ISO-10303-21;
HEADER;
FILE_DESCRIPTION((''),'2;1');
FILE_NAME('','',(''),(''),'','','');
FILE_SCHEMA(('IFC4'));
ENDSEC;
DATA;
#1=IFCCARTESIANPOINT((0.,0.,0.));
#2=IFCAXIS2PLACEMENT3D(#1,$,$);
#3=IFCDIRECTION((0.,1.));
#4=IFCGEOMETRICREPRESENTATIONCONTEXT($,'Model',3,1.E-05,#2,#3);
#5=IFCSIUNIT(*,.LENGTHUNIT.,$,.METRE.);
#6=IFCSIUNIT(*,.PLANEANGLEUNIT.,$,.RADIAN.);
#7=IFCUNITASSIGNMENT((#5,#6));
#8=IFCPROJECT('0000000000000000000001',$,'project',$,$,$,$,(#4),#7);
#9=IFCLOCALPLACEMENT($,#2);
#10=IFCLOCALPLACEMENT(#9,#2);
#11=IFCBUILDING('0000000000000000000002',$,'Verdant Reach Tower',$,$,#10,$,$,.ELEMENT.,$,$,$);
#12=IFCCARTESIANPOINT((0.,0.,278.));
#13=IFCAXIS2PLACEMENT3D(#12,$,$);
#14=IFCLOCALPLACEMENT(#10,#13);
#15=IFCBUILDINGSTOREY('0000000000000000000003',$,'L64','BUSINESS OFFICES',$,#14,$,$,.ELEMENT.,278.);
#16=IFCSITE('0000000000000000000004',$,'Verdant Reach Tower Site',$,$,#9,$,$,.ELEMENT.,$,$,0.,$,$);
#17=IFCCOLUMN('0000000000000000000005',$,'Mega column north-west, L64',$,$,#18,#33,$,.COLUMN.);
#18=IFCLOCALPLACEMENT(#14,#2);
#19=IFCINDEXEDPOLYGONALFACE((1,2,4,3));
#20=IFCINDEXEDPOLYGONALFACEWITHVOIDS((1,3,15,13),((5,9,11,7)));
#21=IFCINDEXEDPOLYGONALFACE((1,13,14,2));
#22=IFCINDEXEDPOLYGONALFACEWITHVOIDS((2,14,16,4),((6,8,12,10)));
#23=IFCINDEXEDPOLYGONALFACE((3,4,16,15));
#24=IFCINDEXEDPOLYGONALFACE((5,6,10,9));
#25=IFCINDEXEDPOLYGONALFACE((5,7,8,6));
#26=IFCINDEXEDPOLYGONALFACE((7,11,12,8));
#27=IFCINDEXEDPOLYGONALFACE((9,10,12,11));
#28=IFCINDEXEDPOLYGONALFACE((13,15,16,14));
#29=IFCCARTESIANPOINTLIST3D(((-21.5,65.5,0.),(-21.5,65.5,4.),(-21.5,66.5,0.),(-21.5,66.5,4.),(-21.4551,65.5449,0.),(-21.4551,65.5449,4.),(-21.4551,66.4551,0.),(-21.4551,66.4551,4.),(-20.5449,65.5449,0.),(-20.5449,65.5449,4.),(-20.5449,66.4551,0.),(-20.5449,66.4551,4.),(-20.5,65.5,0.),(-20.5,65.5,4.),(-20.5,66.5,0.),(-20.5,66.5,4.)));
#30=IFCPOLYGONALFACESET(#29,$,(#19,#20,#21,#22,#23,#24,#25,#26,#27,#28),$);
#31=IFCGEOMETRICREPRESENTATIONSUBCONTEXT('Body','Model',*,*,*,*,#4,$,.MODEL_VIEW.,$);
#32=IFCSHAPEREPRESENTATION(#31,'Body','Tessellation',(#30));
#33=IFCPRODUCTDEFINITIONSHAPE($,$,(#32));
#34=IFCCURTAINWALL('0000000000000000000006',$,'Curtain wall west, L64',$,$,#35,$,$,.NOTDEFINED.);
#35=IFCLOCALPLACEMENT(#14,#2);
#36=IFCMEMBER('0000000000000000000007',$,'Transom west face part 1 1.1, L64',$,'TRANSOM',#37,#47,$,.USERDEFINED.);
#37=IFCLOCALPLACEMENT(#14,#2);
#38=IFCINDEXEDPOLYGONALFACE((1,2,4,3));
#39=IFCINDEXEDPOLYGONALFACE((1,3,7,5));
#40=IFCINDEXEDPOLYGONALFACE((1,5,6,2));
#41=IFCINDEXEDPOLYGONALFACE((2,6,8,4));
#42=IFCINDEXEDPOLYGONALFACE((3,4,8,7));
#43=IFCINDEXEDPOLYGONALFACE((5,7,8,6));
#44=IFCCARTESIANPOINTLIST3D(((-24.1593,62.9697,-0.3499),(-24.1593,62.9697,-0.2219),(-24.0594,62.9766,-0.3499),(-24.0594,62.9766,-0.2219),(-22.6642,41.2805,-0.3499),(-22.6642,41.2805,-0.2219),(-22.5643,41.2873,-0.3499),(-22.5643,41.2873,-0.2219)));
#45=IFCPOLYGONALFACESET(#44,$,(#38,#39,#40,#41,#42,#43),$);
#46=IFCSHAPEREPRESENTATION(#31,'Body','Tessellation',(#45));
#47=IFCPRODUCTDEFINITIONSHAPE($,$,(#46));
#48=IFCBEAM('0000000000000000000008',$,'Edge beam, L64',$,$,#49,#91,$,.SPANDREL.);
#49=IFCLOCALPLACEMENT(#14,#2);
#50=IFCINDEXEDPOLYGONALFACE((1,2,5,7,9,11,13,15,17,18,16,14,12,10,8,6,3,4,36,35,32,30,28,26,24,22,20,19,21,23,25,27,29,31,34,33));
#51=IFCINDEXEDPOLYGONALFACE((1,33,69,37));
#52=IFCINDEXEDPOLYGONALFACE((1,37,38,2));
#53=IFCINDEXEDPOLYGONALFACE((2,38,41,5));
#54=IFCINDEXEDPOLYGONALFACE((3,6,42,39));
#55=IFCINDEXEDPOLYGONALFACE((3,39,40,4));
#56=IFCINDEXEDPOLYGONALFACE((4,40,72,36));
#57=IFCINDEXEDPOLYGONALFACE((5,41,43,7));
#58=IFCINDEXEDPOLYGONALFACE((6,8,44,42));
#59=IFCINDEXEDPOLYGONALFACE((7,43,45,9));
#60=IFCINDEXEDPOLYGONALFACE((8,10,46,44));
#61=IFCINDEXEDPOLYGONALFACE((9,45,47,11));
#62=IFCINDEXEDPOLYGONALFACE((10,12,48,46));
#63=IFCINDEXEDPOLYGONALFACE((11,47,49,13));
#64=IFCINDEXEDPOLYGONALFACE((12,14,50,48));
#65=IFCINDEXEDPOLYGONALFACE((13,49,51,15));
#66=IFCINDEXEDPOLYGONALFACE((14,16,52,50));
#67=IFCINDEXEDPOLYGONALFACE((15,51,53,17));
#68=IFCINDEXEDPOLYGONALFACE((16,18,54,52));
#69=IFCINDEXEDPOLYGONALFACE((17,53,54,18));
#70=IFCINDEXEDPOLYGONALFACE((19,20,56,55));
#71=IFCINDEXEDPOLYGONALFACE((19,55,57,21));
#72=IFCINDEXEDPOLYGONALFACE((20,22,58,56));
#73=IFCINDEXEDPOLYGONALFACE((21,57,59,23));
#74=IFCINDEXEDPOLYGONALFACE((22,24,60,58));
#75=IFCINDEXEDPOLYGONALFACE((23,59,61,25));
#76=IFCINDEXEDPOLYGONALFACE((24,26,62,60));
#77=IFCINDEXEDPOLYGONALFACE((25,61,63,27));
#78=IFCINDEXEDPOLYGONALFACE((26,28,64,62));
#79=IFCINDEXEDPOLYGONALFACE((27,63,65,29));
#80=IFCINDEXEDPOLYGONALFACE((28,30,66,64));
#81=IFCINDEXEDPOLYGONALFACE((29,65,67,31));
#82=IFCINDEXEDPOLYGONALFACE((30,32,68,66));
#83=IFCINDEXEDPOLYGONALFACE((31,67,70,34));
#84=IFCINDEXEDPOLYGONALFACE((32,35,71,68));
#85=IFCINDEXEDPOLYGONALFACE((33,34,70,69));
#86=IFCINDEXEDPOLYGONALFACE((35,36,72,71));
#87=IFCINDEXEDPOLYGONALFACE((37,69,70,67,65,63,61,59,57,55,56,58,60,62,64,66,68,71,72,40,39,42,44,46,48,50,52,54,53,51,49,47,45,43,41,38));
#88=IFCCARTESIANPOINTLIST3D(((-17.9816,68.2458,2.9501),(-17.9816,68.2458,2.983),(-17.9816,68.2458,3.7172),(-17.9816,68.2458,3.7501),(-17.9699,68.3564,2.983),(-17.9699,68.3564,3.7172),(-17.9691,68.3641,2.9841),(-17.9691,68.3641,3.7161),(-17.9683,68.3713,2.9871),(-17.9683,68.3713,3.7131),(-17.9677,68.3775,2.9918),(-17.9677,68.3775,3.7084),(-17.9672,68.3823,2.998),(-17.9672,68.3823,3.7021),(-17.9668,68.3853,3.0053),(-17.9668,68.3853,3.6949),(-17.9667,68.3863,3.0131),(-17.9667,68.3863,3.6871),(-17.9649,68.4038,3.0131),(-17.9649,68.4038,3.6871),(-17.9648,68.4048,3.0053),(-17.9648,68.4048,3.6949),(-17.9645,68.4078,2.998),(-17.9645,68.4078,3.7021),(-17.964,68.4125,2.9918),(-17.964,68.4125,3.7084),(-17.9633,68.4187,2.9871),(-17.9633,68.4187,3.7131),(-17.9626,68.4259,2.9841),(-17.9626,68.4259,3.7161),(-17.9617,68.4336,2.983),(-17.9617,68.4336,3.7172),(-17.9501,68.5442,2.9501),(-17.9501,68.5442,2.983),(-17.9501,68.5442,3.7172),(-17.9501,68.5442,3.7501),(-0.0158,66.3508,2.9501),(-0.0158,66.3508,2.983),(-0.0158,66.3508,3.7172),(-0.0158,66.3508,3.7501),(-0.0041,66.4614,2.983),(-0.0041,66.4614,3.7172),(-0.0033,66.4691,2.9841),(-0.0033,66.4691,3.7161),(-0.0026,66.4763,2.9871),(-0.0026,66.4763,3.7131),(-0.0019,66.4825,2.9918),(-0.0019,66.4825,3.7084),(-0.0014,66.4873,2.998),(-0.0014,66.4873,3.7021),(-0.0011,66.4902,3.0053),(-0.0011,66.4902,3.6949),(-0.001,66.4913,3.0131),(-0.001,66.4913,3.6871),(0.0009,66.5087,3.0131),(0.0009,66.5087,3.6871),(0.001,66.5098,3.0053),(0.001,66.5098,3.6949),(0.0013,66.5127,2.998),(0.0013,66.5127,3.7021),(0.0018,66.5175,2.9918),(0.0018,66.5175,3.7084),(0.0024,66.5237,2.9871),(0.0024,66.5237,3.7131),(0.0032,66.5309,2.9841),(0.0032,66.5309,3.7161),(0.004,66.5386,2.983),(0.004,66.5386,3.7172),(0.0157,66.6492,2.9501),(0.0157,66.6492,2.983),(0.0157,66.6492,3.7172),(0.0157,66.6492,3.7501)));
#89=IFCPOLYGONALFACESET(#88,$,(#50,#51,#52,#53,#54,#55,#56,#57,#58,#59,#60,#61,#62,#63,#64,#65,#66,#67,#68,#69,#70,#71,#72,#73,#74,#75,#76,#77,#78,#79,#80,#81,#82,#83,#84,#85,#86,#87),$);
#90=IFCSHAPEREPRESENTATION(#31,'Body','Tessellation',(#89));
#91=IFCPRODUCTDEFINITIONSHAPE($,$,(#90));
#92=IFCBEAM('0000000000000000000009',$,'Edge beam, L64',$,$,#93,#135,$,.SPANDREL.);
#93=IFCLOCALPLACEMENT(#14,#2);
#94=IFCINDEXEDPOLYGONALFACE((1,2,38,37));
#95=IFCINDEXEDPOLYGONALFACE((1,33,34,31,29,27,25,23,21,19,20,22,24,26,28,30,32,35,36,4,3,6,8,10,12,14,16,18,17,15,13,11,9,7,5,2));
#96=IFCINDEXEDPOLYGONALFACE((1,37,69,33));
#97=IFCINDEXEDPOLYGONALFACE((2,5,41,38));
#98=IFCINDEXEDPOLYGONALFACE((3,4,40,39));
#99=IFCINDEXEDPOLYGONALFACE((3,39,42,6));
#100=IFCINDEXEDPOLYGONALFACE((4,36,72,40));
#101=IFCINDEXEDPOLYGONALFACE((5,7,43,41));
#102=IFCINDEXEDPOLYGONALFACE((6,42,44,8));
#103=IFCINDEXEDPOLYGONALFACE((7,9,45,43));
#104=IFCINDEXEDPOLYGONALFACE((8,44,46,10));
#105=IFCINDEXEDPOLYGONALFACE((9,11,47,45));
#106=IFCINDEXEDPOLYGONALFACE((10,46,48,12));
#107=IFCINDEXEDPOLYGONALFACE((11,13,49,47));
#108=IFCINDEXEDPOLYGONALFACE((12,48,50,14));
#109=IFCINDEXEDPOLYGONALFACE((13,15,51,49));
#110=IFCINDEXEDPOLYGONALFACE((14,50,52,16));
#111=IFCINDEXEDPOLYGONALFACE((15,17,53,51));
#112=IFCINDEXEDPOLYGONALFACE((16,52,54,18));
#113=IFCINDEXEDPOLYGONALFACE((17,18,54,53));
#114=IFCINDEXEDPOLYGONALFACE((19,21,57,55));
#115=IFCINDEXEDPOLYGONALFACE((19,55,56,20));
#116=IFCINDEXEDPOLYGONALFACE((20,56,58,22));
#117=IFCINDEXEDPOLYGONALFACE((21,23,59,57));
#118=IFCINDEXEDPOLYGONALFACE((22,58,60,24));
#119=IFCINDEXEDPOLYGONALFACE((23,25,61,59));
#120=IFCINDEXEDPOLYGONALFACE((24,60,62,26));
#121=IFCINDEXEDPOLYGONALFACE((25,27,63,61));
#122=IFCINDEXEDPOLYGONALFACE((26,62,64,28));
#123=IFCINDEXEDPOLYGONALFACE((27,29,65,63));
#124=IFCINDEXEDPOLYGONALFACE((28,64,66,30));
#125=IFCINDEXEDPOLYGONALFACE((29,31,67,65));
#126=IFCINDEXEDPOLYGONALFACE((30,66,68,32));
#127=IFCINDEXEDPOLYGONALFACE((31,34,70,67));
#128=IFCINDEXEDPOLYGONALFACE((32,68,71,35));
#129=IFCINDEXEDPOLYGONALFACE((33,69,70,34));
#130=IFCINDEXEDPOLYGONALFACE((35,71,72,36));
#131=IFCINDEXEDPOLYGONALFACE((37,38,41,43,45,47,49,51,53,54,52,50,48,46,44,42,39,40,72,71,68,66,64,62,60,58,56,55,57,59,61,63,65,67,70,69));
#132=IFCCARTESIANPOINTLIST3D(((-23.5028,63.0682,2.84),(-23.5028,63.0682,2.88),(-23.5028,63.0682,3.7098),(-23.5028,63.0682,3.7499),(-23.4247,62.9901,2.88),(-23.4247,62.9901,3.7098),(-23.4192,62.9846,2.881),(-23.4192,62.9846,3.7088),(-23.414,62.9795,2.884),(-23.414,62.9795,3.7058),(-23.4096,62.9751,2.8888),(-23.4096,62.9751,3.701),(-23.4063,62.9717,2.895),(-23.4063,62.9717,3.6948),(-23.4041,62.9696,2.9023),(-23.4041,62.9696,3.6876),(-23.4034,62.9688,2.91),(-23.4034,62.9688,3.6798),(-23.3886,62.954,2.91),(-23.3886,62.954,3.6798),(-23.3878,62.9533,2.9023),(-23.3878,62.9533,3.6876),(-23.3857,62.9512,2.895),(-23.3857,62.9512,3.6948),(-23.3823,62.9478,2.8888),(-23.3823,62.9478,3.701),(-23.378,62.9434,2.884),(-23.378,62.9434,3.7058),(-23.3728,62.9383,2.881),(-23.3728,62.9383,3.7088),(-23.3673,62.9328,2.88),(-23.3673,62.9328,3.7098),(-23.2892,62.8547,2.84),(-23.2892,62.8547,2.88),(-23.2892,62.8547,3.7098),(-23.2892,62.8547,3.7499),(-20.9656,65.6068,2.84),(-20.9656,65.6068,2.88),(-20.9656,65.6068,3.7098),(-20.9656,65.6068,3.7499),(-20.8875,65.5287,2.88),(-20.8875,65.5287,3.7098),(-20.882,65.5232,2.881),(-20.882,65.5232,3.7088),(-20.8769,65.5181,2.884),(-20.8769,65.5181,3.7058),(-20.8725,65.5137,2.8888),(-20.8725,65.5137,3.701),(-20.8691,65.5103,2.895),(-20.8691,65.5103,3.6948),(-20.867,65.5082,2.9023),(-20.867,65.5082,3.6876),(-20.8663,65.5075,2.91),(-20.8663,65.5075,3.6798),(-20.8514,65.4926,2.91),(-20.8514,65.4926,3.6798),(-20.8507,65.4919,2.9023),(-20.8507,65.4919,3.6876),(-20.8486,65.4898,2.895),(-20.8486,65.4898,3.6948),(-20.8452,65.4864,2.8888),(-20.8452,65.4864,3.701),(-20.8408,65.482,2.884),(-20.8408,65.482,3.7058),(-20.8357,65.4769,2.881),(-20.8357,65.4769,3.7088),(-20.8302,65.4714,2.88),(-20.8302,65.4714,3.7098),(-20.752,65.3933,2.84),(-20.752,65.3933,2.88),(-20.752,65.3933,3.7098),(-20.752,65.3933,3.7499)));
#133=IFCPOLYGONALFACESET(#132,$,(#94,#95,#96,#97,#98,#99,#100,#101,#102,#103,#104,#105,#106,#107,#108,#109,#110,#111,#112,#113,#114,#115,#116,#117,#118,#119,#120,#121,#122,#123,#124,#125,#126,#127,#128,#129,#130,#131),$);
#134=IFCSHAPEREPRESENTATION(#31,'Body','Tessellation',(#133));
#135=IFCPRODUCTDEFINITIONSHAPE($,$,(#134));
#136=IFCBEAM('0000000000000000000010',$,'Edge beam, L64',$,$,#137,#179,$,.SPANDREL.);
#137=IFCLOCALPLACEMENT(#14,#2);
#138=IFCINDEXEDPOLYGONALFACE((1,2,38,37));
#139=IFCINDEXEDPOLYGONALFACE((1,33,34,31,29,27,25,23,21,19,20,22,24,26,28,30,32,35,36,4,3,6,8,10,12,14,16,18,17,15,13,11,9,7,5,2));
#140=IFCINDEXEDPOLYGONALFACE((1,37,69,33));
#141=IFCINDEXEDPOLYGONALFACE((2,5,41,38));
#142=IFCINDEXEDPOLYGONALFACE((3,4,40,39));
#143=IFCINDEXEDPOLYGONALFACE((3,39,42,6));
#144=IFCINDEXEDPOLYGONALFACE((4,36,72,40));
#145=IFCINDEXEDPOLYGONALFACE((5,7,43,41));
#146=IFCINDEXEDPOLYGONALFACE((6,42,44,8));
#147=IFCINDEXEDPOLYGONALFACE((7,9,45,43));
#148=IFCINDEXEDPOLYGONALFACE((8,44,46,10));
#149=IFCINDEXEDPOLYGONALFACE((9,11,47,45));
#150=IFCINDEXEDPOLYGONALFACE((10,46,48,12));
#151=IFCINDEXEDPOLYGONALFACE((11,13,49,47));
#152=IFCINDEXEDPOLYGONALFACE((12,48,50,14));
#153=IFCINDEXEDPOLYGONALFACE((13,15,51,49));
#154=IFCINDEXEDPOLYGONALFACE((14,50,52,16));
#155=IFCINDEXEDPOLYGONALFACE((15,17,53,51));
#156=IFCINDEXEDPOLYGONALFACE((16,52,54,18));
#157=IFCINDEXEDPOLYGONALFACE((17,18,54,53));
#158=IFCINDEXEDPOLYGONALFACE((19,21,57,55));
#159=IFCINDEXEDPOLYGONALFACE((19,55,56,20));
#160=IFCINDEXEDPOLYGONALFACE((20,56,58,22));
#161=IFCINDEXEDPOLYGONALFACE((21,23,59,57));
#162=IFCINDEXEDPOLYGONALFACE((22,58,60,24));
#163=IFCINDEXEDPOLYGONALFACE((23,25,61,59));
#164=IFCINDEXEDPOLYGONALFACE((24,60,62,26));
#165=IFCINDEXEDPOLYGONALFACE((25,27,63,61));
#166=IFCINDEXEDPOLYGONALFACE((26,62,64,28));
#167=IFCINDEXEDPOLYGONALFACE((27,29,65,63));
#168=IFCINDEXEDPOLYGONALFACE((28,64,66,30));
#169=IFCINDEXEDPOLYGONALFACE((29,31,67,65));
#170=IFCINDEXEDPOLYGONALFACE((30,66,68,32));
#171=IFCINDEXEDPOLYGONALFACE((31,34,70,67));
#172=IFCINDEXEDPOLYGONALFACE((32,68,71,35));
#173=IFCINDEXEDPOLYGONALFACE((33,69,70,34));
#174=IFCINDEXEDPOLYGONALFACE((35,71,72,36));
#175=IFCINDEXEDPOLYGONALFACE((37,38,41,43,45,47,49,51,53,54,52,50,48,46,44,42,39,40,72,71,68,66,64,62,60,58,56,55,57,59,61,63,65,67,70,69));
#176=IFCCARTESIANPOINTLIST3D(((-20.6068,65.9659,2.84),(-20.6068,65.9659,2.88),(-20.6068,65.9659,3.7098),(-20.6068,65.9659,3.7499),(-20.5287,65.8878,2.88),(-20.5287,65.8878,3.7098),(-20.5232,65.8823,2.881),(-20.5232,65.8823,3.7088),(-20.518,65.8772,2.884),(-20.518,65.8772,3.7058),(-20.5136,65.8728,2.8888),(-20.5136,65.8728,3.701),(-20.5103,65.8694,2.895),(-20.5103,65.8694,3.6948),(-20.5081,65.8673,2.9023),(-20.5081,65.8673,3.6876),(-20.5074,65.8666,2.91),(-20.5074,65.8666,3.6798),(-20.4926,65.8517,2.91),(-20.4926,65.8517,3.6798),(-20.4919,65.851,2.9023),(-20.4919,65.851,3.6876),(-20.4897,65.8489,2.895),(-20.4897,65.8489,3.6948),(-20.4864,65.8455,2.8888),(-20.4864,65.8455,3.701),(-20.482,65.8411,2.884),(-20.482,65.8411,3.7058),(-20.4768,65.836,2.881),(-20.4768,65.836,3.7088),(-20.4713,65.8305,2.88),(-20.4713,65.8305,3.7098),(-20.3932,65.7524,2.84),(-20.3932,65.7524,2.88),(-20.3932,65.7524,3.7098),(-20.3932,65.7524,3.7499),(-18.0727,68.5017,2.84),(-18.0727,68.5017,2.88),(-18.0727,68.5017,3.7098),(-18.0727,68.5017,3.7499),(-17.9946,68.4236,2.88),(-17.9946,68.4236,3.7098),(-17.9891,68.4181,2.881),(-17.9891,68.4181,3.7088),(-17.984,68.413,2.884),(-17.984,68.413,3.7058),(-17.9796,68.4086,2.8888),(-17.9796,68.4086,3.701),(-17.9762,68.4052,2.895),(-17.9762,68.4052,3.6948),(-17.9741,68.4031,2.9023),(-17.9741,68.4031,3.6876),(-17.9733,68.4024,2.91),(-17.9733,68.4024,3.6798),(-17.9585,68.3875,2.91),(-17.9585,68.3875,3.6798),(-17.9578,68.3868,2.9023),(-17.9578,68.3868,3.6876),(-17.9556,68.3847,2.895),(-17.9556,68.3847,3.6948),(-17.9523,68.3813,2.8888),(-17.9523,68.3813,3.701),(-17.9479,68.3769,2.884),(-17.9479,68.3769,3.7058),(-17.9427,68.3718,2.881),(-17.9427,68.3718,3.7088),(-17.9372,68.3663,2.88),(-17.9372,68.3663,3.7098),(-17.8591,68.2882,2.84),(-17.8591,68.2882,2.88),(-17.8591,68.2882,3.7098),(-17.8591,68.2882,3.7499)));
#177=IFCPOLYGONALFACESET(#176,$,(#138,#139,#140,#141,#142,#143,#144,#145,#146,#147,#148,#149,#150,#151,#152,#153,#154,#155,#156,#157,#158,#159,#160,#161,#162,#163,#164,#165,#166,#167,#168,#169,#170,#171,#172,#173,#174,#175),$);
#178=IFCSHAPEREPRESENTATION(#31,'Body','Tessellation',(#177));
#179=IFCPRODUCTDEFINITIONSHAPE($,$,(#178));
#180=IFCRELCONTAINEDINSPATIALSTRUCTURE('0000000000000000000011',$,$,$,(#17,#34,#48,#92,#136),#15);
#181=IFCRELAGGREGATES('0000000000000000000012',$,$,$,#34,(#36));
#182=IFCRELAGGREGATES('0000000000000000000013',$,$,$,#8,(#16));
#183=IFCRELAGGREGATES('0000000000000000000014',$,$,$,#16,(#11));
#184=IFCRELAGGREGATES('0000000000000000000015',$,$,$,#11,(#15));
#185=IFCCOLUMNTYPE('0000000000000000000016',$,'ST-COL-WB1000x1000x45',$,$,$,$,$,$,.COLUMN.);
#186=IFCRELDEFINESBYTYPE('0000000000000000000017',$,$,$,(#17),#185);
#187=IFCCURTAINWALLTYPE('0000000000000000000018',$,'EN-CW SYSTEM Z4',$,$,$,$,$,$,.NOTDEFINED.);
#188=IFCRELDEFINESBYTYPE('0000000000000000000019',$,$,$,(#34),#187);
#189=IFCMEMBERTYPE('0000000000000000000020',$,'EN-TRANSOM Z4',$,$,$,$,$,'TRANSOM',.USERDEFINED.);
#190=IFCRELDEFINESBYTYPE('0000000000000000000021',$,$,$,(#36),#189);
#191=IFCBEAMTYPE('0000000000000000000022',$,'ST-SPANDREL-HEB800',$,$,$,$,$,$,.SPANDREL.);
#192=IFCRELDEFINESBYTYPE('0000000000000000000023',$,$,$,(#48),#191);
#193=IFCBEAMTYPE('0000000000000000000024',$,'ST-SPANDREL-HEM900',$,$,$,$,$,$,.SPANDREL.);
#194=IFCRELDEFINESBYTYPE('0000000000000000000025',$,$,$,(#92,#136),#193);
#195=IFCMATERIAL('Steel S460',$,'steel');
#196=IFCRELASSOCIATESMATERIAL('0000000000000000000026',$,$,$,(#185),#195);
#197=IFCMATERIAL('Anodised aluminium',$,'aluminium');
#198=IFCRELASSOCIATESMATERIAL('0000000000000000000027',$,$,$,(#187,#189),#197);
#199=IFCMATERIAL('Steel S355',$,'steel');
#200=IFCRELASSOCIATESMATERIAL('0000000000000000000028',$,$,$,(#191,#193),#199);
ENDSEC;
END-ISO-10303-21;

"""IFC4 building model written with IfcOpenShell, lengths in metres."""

from ifc_helpers import new_model, si_unit, direction, frame, origin, origin_2d, place, context, subcontext, project, spatial, rectangle, hollow_rectangle, i_section, extrude, material, material_profile, profile_set, type_object, element, aggregate, save


model = new_model("IFC4")

# Units and contexts
model_context = context("Model", 3, precision=1e-05, world=origin(), true_north=direction((0.0, 1.0)))
body_context = subcontext(model_context, "Body", "Model", "MODEL_VIEW")
ifc_project = project(units=[si_unit("LENGTHUNIT", "METRE"), si_unit("PLANEANGLEUNIT", "RADIAN")], contexts=[model_context])

# Site, building, storey
site_placement = place(None, origin())
site = spatial("IfcSite", under=ifc_project, at=site_placement, Name="Verdant Reach Tower Site", CompositionType="ELEMENT", RefElevation=0.0)
building_placement = place(site_placement, origin())
building = spatial("IfcBuilding", under=site, at=building_placement, Name="Verdant Reach Tower", CompositionType="ELEMENT")
storey_placement = place(building_placement, frame((0.0, 0.0, 278.0)))
storey = spatial("IfcBuildingStorey", under=building, at=storey_placement, Name="L64", Description="BUSINESS OFFICES", CompositionType="ELEMENT", Elevation=278.0)

# Column
ifc_material_1 = material(Name="Steel S460", Category="steel")
ifc_material_profile_1 = material_profile(ifc_material_1, hollow_rectangle(XDim=1.0, YDim=1.0, WallThickness=0.0449, at=origin_2d()), Name="WB 1000x1000x45")
ifc_profile_set_1 = profile_set([ifc_material_profile_1], Name="Steel S460")
column_type = type_object("IfcColumnType", Name="ST-COL-WB1000x1000x45", PredefinedType="COLUMN", material=ifc_profile_set_1)
column_placement = place(storey_placement, frame((-21.0, 66.0, 0.0), z_axis=(0.0, 0.0, 1.0), x_axis=(1.0, 0.0, 0.0)))
element("IfcColumn", 1, at=column_placement, inside=storey, type_object=column_type, Name="Mega column north-west, L64", PredefinedType="COLUMN", context=body_context, shape_type="SweptSolid", body=[
    extrude(hollow_rectangle(XDim=1.0, YDim=1.0, WallThickness=0.0449, at=origin_2d()), origin(), (0.0, 0.0, 1.0), 4.0),
])

# Curtain wall, member
ifc_material_2 = material(Name="Anodised aluminium", Category="aluminium")
curtain_wall_type = type_object("IfcCurtainWallType", Name="EN-CW SYSTEM Z4", PredefinedType="NOTDEFINED", material=ifc_material_2)
curtain_wall_1_placement = place(storey_placement, origin())
curtain_wall_1 = element("IfcCurtainWall", 2, at=curtain_wall_1_placement, inside=storey, type_object=curtain_wall_type, Name="Curtain wall west, L64", PredefinedType="NOTDEFINED")
ifc_material_profile_2 = material_profile(ifc_material_2, rectangle(XDim=0.1001, YDim=0.1279, at=origin_2d()), Name="Transom 128x100")
ifc_profile_set_2 = profile_set([ifc_material_profile_2], Name="Anodised aluminium")
member_type = type_object("IfcMemberType", Name="EN-TRANSOM Z4", ElementType="TRANSOM", PredefinedType="USERDEFINED", material=ifc_profile_set_2)
member_placement = place(storey_placement, frame((-24.1094, 62.9731, -0.2859), z_axis=(0.06877, -0.997633, 0.0), x_axis=(0.997633, 0.06877, 0.0)))
member = element("IfcMember", 3, at=member_placement, type_object=member_type, Name="Transom west face part 1 1.1, L64", ObjectType="TRANSOM", PredefinedType="USERDEFINED", context=body_context, shape_type="SweptSolid", body=[
    extrude(rectangle(XDim=0.1001, YDim=0.1279, at=origin_2d()), origin(), (0.0, 0.0, 1.0), 21.7407),
])

# Beams
ifc_material_3 = material(Name="Steel S355", Category="steel")
ifc_material_profile_3 = material_profile(ifc_material_3, i_section(OverallWidth=0.3, OverallDepth=0.8, WebThickness=0.0176, FlangeThickness=0.033, FilletRadius=0.03, at=origin_2d()), Name="HEB 800")
ifc_profile_set_3 = profile_set([ifc_material_profile_3], Name="Steel S355")
beam_type_1 = type_object("IfcBeamType", Name="ST-SPANDREL-HEB800", PredefinedType="SPANDREL", material=ifc_profile_set_3)
beam_1_placement = place(storey_placement, frame((-17.9658, 68.395, 3.3501), z_axis=(0.994483, -0.104897, 0.0), x_axis=(0.104897, 0.994483, 0.0)))
element("IfcBeam", 4, at=beam_1_placement, inside=storey, type_object=beam_type_1, Name="Edge beam, L64", PredefinedType="SPANDREL", context=body_context, shape_type="SweptSolid", body=[
    extrude(i_section(OverallWidth=0.3, OverallDepth=0.8, WebThickness=0.0176, FlangeThickness=0.033, FilletRadius=0.03, at=origin_2d()), origin(), (0.0, 0.0, 1.0), 18.0654),
])
ifc_material_profile_4 = material_profile(ifc_material_3, i_section(OverallWidth=0.302, OverallDepth=0.9099, WebThickness=0.021, FlangeThickness=0.04, FilletRadius=0.03, at=origin_2d()), Name="HEM 900")
ifc_profile_set_4 = profile_set([ifc_material_profile_4], Name="Steel S355")
beam_type_2 = type_object("IfcBeamType", Name="ST-SPANDREL-HEM900", PredefinedType="SPANDREL", material=ifc_profile_set_4)
beam_2_placement = place(storey_placement, frame((-23.396, 62.9614, 3.2949), z_axis=(0.706903, 0.707311, 0.0), x_axis=(-0.707311, 0.706903, 0.0)))
element("IfcBeam", 5, at=beam_2_placement, inside=storey, type_object=beam_type_2, Name="Edge beam, L64", PredefinedType="SPANDREL", context=body_context, shape_type="SweptSolid", body=[
    extrude(i_section(OverallWidth=0.302, OverallDepth=0.9099, WebThickness=0.021, FlangeThickness=0.04, FilletRadius=0.03, at=origin_2d()), origin(), (0.0, 0.0, 1.0), 3.5891),
])
beam_3_placement = place(storey_placement, frame((-20.5, 65.8591, 3.2949), z_axis=(0.706868, 0.707345, 0.0), x_axis=(-0.707345, 0.706868, 0.0)))
element("IfcBeam", 6, at=beam_3_placement, inside=storey, type_object=beam_type_2, Name="Edge beam, L64", PredefinedType="SPANDREL", context=body_context, shape_type="SweptSolid", body=[
    extrude(i_section(OverallWidth=0.302, OverallDepth=0.9099, WebThickness=0.021, FlangeThickness=0.04, FilletRadius=0.03, at=origin_2d()), origin(), (0.0, 0.0, 1.0), 3.585),
])

aggregate(curtain_wall_1, [member])

save(model, "model.ifc")
